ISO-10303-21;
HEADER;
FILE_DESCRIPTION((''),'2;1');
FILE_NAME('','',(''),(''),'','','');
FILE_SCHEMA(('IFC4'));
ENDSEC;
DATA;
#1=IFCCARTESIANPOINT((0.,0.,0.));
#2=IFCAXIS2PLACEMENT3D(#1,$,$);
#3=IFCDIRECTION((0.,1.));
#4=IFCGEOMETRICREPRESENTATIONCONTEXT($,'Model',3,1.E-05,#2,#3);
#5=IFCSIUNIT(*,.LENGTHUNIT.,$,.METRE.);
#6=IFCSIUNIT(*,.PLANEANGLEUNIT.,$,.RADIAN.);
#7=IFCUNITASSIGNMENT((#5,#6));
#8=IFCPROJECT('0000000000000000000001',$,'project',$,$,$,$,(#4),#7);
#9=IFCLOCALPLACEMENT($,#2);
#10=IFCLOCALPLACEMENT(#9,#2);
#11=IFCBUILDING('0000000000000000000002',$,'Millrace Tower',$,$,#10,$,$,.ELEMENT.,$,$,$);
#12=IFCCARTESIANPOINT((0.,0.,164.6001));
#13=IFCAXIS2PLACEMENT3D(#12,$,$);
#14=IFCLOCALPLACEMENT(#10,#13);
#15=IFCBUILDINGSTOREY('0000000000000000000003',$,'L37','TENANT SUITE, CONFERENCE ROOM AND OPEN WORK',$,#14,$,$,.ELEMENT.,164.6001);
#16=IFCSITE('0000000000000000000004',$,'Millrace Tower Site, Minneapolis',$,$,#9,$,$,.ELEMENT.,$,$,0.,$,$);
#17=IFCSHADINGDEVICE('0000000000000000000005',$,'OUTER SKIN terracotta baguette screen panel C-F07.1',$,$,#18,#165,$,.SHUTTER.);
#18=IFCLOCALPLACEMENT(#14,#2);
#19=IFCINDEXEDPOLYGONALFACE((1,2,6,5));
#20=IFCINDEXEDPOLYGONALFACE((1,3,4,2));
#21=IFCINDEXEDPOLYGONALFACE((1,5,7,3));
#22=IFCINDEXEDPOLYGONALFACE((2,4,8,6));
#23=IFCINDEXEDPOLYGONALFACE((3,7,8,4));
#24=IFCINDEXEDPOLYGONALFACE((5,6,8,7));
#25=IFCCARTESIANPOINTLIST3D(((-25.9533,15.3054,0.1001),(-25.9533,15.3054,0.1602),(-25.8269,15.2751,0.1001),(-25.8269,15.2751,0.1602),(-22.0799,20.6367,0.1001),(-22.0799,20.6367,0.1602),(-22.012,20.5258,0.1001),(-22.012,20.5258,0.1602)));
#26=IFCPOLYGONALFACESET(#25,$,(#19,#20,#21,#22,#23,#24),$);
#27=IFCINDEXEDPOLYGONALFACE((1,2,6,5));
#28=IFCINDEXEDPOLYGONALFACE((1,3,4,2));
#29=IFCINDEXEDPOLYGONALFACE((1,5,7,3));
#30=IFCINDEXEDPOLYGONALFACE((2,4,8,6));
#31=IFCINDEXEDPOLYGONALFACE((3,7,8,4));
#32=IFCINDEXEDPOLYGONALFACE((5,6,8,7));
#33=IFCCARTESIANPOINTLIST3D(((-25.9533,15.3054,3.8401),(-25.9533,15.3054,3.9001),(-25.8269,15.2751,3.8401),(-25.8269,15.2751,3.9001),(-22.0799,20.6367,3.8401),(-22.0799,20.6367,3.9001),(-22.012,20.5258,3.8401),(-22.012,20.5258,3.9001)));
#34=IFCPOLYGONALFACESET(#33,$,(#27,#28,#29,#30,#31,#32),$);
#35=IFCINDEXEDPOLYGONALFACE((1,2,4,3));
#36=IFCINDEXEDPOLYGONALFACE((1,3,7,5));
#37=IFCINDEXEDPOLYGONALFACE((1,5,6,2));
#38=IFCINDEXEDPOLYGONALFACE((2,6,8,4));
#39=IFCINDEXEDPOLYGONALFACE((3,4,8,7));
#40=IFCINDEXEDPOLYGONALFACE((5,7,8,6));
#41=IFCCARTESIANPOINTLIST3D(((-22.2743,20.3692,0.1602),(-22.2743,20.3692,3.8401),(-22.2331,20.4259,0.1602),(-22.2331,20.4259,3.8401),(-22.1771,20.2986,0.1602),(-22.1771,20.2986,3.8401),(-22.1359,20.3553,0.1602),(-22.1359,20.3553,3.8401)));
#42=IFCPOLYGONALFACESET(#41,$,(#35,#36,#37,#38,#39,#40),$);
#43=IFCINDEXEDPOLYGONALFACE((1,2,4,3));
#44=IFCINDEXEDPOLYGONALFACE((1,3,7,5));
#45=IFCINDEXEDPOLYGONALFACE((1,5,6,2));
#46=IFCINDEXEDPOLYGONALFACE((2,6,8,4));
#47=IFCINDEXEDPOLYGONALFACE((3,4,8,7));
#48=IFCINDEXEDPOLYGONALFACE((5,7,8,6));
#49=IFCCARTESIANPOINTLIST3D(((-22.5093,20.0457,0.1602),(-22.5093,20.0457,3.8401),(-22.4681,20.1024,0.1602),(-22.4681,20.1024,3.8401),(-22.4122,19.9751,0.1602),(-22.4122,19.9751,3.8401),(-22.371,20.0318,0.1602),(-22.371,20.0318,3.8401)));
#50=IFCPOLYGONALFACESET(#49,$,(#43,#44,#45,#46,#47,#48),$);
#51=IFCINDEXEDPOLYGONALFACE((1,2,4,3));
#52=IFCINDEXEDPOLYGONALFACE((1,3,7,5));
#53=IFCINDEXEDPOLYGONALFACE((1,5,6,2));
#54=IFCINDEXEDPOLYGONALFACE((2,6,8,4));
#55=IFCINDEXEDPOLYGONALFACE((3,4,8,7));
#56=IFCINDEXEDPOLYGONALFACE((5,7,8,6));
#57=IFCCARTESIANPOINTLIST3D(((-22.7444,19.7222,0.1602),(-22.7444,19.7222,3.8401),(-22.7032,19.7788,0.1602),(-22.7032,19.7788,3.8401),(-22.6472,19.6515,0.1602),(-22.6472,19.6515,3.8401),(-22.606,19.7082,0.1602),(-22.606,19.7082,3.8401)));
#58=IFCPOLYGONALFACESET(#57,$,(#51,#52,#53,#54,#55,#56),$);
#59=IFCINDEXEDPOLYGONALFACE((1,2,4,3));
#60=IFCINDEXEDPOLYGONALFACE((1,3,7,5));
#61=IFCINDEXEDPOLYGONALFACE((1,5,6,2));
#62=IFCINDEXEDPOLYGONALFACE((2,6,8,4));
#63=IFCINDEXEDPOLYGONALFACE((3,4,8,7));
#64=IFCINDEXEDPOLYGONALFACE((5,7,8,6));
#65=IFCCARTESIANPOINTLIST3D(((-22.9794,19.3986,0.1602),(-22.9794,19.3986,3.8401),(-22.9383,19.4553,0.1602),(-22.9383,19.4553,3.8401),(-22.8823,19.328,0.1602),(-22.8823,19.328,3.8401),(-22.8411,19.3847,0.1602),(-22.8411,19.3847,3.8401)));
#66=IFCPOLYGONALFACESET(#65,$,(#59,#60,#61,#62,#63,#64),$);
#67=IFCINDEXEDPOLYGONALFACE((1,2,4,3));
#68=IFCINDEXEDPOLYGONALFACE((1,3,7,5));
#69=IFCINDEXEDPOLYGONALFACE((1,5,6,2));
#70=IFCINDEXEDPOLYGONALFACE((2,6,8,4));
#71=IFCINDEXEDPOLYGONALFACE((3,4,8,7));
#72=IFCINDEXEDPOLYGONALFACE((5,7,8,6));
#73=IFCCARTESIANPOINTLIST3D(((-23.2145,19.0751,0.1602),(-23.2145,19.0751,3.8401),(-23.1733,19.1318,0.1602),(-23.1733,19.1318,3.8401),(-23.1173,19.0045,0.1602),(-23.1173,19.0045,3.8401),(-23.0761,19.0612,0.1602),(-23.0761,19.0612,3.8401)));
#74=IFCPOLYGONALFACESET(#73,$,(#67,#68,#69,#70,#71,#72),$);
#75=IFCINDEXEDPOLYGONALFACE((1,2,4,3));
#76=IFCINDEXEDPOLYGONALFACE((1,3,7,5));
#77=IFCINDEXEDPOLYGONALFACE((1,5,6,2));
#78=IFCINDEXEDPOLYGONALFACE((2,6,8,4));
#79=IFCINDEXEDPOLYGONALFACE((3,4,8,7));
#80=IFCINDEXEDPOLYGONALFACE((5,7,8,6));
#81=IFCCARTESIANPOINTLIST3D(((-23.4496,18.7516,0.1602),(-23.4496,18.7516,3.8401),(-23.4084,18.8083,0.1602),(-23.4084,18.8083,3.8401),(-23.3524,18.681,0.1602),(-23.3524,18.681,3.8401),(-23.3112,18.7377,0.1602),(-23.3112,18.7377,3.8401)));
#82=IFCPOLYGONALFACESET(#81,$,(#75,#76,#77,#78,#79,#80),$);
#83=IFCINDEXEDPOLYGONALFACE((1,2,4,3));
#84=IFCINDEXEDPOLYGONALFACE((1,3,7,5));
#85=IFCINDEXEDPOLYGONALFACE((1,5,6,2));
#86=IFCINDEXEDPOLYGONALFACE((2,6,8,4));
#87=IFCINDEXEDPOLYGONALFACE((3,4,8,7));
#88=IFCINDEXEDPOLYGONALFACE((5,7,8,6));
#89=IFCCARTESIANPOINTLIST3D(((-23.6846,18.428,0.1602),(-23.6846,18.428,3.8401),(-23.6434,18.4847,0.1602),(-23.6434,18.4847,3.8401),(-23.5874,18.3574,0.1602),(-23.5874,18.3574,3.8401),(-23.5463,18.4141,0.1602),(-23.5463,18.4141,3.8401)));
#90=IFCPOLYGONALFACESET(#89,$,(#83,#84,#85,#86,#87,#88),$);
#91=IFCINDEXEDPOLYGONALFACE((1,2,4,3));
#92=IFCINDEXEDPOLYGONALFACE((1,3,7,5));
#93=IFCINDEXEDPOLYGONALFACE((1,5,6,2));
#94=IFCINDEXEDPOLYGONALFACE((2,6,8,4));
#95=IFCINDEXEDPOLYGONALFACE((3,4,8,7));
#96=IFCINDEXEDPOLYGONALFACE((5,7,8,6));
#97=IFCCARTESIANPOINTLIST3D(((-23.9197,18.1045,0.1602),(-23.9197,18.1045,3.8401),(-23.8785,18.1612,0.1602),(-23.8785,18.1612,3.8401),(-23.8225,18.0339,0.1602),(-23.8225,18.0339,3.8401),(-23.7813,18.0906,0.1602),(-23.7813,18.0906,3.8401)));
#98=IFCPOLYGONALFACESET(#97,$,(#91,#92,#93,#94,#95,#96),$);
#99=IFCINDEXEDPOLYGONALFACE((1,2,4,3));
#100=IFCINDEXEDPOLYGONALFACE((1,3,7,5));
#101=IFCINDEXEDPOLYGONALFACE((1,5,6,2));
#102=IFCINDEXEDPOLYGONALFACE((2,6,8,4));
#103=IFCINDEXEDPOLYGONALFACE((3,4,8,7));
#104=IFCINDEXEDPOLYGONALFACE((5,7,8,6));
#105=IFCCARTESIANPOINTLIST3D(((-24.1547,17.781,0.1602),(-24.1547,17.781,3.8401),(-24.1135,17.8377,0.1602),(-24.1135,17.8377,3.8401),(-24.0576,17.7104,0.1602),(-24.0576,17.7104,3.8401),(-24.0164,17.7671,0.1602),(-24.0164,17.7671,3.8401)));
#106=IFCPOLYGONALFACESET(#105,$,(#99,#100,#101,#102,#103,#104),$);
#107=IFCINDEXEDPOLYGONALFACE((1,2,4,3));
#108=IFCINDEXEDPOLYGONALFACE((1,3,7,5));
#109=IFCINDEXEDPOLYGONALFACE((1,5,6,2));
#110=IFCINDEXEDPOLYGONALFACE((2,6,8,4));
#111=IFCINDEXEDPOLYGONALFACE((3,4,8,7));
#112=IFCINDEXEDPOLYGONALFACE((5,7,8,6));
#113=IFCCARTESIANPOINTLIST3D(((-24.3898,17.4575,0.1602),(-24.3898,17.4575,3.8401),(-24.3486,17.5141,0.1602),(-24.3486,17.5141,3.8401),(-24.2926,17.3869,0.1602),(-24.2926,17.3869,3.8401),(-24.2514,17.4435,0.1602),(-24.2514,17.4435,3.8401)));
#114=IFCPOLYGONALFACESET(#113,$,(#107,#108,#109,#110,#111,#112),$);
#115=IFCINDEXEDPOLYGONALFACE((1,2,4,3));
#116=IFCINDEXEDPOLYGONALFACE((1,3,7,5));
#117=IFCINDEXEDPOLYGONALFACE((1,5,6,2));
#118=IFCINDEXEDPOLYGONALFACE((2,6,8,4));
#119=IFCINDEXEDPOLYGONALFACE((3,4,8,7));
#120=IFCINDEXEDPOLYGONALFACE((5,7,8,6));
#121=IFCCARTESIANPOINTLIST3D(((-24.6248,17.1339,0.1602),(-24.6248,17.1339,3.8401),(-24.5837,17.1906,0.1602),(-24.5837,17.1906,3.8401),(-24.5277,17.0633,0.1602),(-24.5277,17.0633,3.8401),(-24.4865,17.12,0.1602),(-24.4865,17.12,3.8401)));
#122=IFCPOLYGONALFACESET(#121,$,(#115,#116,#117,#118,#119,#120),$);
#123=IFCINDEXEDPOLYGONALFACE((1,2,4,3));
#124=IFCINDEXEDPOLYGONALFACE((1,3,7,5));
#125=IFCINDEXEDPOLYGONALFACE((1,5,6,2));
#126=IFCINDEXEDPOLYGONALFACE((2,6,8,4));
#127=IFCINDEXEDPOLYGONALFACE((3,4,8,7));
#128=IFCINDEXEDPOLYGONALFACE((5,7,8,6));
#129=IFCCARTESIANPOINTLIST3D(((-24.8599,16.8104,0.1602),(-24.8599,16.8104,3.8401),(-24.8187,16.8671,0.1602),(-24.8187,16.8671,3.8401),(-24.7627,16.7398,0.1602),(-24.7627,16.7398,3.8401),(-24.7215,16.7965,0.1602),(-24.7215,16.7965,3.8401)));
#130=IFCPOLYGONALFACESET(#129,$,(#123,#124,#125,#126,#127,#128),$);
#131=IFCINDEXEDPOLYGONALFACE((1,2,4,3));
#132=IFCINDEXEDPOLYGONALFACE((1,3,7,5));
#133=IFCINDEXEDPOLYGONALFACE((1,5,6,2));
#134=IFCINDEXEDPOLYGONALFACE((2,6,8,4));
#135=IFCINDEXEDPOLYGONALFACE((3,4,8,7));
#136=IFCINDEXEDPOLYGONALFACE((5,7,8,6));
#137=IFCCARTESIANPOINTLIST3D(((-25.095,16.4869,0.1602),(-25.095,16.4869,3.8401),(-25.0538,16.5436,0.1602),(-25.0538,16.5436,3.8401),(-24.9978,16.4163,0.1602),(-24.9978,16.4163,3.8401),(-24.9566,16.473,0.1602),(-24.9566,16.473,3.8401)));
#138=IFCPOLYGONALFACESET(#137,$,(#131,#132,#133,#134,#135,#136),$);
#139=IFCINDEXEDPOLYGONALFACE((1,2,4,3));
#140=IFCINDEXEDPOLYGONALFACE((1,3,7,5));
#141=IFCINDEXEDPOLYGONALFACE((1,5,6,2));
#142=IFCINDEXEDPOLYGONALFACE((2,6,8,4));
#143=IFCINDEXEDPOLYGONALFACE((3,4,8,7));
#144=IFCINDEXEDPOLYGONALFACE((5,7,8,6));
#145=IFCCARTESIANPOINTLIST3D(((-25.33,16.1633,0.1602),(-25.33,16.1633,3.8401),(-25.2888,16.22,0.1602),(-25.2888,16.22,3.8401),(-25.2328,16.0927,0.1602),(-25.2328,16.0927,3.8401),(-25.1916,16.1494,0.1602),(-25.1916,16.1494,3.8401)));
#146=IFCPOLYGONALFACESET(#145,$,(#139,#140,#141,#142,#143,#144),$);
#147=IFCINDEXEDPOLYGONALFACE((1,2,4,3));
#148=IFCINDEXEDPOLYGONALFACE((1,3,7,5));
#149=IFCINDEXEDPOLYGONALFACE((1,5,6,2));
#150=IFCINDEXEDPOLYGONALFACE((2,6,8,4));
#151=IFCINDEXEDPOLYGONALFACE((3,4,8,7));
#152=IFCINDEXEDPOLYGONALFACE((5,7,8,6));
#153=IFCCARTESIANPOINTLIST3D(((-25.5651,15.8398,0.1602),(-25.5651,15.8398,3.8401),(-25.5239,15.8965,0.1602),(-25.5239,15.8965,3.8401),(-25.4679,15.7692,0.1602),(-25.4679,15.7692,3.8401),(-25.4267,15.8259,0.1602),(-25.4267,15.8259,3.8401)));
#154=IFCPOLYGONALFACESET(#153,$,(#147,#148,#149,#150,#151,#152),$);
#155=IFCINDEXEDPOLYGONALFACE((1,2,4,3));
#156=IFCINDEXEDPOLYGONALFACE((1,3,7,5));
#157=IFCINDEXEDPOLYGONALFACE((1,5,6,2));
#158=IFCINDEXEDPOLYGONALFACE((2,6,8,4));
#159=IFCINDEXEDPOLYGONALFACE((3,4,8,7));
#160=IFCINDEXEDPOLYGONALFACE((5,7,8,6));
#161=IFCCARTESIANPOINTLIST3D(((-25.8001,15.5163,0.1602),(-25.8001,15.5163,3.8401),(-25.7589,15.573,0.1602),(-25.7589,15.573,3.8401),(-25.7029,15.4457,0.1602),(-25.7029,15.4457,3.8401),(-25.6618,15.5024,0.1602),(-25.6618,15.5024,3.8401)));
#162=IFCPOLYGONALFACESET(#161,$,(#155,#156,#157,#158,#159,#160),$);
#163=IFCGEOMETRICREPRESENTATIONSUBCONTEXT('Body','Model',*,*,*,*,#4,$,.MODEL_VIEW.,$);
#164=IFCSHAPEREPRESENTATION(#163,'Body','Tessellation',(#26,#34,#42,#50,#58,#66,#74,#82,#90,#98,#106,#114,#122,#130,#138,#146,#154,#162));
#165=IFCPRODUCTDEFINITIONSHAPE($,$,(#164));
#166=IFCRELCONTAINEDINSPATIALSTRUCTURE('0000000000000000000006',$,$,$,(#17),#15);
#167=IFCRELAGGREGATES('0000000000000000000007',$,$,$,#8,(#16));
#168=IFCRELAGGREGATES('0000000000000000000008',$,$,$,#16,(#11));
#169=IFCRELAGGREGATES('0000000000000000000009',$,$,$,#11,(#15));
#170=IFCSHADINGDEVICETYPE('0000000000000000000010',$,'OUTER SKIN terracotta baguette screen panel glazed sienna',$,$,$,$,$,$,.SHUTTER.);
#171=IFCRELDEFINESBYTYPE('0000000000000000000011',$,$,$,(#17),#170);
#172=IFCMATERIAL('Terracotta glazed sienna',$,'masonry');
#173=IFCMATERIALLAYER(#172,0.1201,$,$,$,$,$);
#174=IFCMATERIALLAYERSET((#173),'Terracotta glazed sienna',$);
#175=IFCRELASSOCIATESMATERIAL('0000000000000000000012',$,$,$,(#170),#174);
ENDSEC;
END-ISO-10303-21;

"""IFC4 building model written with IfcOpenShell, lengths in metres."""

from ifc_helpers import new_model, entity, si_unit, direction, frame, frame_2d, origin, place, context, subcontext, project, spatial, rectangle, extrude, source, transform, mapped, material, layer, layer_set, type_object, element, save


model = new_model("IFC4")

# Units and contexts
model_context = context("Model", 3, precision=1e-05, world=origin(), true_north=direction((0.0, 1.0)))
body_context = subcontext(model_context, "Body", "Model", "MODEL_VIEW")
ifc_project = project(units=[si_unit("LENGTHUNIT", "METRE"), si_unit("PLANEANGLEUNIT", "RADIAN")], contexts=[model_context])

# Site, building, storey
site_placement = place(None, origin())
site = spatial("IfcSite", under=ifc_project, at=site_placement, Name="Millrace Tower Site, Minneapolis", CompositionType="ELEMENT", RefElevation=0.0)
building_placement = place(site_placement, origin())
building = spatial("IfcBuilding", under=site, at=building_placement, Name="Millrace Tower", CompositionType="ELEMENT")
storey_placement = place(building_placement, frame((0.0, 0.0, 164.6001)))
storey = spatial("IfcBuildingStorey", under=building, at=storey_placement, Name="L37", Description="TENANT SUITE, CONFERENCE ROOM AND OPEN WORK", CompositionType="ELEMENT", Elevation=164.6001)

# Shading device
ifc_material_1 = material(Name="Terracotta glazed sienna", Category="masonry")
ifc_layer_1 = layer(ifc_material_1, 0.1201)
ifc_layer_set_1 = layer_set([ifc_layer_1], Name="Terracotta glazed sienna")
shading_device_type = type_object("IfcShadingDeviceType", Name="OUTER SKIN terracotta baguette screen panel glazed sienna", PredefinedType="SHUTTER", material=ifc_layer_set_1)
cartesian_point_1 = entity("IfcCartesianPoint", [-3.2451, 0.0601])
shared_polyline_1 = entity("IfcPolyline", [cartesian_point_1, entity("IfcCartesianPoint", [3.2451, 0.0601]), entity("IfcCartesianPoint", [3.2949, -0.0601]), entity("IfcCartesianPoint", [-3.2949, -0.0601]), cartesian_point_1])
shared_shape_1 = source(origin(), body_context, "Body", "SweptSolid", [
    entity("IfcExtrudedAreaSolid", entity("IfcArbitraryClosedProfileDef", "AREA", None, shared_polyline_1), entity("IfcAxis2Placement3D", entity("IfcCartesianPoint", [0.0, 0.0, 0.0])), entity("IfcDirection", [0.0, 0.0, 1.0]), 0.0601),
    entity("IfcExtrudedAreaSolid", entity("IfcArbitraryClosedProfileDef", "AREA", None, shared_polyline_1), entity("IfcAxis2Placement3D", entity("IfcCartesianPoint", [0.0, 0.0, 3.74])), entity("IfcDirection", [0.0, 0.0, 1.0]), 0.0601),
    extrude(rectangle(XDim=0.0701, YDim=0.1201, at=frame_2d((-2.9993, 0.0))), frame((0.0, 0.0, 0.0601)), (0.0, 0.0, 1.0), 3.6799),
    extrude(rectangle(XDim=0.0701, YDim=0.1201, at=frame_2d((-2.5994, 0.0))), frame((0.0, 0.0, 0.0601)), (0.0, 0.0, 1.0), 3.6799),
    extrude(rectangle(XDim=0.0701, YDim=0.1201, at=frame_2d((-2.1995, 0.0))), frame((0.0, 0.0, 0.0601)), (0.0, 0.0, 1.0), 3.6799),
    extrude(rectangle(XDim=0.0701, YDim=0.1201, at=frame_2d((-1.7996, 0.0))), frame((0.0, 0.0, 0.0601)), (0.0, 0.0, 1.0), 3.6799),
    extrude(rectangle(XDim=0.0701, YDim=0.1201, at=frame_2d((-1.3997, 0.0))), frame((0.0, 0.0, 0.0601)), (0.0, 0.0, 1.0), 3.6799),
    extrude(rectangle(XDim=0.0701, YDim=0.1201, at=frame_2d((-0.9998, 0.0))), frame((0.0, 0.0, 0.0601)), (0.0, 0.0, 1.0), 3.6799),
    extrude(rectangle(XDim=0.0701, YDim=0.1201, at=frame_2d((-0.5999, 0.0))), frame((0.0, 0.0, 0.0601)), (0.0, 0.0, 1.0), 3.6799),
    extrude(rectangle(XDim=0.0701, YDim=0.1201, at=frame_2d((-0.2, 0.0))), frame((0.0, 0.0, 0.0601)), (0.0, 0.0, 1.0), 3.6799),
    extrude(rectangle(XDim=0.0701, YDim=0.1201, at=frame_2d((0.2, 0.0))), frame((0.0, 0.0, 0.0601)), (0.0, 0.0, 1.0), 3.6799),
    extrude(rectangle(XDim=0.0701, YDim=0.1201, at=frame_2d((0.5999, 0.0))), frame((0.0, 0.0, 0.0601)), (0.0, 0.0, 1.0), 3.6799),
    extrude(rectangle(XDim=0.0701, YDim=0.1201, at=frame_2d((0.9998, 0.0))), frame((0.0, 0.0, 0.0601)), (0.0, 0.0, 1.0), 3.6799),
    extrude(rectangle(XDim=0.0701, YDim=0.1201, at=frame_2d((1.3997, 0.0))), frame((0.0, 0.0, 0.0601)), (0.0, 0.0, 1.0), 3.6799),
    extrude(rectangle(XDim=0.0701, YDim=0.1201, at=frame_2d((1.7996, 0.0))), frame((0.0, 0.0, 0.0601)), (0.0, 0.0, 1.0), 3.6799),
    extrude(rectangle(XDim=0.0701, YDim=0.1201, at=frame_2d((2.1995, 0.0))), frame((0.0, 0.0, 0.0601)), (0.0, 0.0, 1.0), 3.6799),
    extrude(rectangle(XDim=0.0701, YDim=0.1201, at=frame_2d((2.5994, 0.0))), frame((0.0, 0.0, 0.0601)), (0.0, 0.0, 1.0), 3.6799),
    extrude(rectangle(XDim=0.0701, YDim=0.1201, at=frame_2d((2.9993, 0.0))), frame((0.0, 0.0, 0.0601)), (0.0, 0.0, 1.0), 3.6799),
])
shading_device_1_placement = place(storey_placement, frame((-23.968, 17.9358, 0.1001), z_axis=(0.0, 0.0, 1.0), x_axis=(-0.587785, -0.809017, 0.0)))
element("IfcShadingDevice", 1, at=shading_device_1_placement, inside=storey, type_object=shading_device_type, Name="OUTER SKIN terracotta baguette screen panel C-F07.1", PredefinedType="SHUTTER", context=body_context, shape_type="MappedRepresentation", body=[
    mapped(shared_shape_1, transform((0.0, 0.0, 0.0), scale=1.0)),
])

save(model, "model.ifc")
